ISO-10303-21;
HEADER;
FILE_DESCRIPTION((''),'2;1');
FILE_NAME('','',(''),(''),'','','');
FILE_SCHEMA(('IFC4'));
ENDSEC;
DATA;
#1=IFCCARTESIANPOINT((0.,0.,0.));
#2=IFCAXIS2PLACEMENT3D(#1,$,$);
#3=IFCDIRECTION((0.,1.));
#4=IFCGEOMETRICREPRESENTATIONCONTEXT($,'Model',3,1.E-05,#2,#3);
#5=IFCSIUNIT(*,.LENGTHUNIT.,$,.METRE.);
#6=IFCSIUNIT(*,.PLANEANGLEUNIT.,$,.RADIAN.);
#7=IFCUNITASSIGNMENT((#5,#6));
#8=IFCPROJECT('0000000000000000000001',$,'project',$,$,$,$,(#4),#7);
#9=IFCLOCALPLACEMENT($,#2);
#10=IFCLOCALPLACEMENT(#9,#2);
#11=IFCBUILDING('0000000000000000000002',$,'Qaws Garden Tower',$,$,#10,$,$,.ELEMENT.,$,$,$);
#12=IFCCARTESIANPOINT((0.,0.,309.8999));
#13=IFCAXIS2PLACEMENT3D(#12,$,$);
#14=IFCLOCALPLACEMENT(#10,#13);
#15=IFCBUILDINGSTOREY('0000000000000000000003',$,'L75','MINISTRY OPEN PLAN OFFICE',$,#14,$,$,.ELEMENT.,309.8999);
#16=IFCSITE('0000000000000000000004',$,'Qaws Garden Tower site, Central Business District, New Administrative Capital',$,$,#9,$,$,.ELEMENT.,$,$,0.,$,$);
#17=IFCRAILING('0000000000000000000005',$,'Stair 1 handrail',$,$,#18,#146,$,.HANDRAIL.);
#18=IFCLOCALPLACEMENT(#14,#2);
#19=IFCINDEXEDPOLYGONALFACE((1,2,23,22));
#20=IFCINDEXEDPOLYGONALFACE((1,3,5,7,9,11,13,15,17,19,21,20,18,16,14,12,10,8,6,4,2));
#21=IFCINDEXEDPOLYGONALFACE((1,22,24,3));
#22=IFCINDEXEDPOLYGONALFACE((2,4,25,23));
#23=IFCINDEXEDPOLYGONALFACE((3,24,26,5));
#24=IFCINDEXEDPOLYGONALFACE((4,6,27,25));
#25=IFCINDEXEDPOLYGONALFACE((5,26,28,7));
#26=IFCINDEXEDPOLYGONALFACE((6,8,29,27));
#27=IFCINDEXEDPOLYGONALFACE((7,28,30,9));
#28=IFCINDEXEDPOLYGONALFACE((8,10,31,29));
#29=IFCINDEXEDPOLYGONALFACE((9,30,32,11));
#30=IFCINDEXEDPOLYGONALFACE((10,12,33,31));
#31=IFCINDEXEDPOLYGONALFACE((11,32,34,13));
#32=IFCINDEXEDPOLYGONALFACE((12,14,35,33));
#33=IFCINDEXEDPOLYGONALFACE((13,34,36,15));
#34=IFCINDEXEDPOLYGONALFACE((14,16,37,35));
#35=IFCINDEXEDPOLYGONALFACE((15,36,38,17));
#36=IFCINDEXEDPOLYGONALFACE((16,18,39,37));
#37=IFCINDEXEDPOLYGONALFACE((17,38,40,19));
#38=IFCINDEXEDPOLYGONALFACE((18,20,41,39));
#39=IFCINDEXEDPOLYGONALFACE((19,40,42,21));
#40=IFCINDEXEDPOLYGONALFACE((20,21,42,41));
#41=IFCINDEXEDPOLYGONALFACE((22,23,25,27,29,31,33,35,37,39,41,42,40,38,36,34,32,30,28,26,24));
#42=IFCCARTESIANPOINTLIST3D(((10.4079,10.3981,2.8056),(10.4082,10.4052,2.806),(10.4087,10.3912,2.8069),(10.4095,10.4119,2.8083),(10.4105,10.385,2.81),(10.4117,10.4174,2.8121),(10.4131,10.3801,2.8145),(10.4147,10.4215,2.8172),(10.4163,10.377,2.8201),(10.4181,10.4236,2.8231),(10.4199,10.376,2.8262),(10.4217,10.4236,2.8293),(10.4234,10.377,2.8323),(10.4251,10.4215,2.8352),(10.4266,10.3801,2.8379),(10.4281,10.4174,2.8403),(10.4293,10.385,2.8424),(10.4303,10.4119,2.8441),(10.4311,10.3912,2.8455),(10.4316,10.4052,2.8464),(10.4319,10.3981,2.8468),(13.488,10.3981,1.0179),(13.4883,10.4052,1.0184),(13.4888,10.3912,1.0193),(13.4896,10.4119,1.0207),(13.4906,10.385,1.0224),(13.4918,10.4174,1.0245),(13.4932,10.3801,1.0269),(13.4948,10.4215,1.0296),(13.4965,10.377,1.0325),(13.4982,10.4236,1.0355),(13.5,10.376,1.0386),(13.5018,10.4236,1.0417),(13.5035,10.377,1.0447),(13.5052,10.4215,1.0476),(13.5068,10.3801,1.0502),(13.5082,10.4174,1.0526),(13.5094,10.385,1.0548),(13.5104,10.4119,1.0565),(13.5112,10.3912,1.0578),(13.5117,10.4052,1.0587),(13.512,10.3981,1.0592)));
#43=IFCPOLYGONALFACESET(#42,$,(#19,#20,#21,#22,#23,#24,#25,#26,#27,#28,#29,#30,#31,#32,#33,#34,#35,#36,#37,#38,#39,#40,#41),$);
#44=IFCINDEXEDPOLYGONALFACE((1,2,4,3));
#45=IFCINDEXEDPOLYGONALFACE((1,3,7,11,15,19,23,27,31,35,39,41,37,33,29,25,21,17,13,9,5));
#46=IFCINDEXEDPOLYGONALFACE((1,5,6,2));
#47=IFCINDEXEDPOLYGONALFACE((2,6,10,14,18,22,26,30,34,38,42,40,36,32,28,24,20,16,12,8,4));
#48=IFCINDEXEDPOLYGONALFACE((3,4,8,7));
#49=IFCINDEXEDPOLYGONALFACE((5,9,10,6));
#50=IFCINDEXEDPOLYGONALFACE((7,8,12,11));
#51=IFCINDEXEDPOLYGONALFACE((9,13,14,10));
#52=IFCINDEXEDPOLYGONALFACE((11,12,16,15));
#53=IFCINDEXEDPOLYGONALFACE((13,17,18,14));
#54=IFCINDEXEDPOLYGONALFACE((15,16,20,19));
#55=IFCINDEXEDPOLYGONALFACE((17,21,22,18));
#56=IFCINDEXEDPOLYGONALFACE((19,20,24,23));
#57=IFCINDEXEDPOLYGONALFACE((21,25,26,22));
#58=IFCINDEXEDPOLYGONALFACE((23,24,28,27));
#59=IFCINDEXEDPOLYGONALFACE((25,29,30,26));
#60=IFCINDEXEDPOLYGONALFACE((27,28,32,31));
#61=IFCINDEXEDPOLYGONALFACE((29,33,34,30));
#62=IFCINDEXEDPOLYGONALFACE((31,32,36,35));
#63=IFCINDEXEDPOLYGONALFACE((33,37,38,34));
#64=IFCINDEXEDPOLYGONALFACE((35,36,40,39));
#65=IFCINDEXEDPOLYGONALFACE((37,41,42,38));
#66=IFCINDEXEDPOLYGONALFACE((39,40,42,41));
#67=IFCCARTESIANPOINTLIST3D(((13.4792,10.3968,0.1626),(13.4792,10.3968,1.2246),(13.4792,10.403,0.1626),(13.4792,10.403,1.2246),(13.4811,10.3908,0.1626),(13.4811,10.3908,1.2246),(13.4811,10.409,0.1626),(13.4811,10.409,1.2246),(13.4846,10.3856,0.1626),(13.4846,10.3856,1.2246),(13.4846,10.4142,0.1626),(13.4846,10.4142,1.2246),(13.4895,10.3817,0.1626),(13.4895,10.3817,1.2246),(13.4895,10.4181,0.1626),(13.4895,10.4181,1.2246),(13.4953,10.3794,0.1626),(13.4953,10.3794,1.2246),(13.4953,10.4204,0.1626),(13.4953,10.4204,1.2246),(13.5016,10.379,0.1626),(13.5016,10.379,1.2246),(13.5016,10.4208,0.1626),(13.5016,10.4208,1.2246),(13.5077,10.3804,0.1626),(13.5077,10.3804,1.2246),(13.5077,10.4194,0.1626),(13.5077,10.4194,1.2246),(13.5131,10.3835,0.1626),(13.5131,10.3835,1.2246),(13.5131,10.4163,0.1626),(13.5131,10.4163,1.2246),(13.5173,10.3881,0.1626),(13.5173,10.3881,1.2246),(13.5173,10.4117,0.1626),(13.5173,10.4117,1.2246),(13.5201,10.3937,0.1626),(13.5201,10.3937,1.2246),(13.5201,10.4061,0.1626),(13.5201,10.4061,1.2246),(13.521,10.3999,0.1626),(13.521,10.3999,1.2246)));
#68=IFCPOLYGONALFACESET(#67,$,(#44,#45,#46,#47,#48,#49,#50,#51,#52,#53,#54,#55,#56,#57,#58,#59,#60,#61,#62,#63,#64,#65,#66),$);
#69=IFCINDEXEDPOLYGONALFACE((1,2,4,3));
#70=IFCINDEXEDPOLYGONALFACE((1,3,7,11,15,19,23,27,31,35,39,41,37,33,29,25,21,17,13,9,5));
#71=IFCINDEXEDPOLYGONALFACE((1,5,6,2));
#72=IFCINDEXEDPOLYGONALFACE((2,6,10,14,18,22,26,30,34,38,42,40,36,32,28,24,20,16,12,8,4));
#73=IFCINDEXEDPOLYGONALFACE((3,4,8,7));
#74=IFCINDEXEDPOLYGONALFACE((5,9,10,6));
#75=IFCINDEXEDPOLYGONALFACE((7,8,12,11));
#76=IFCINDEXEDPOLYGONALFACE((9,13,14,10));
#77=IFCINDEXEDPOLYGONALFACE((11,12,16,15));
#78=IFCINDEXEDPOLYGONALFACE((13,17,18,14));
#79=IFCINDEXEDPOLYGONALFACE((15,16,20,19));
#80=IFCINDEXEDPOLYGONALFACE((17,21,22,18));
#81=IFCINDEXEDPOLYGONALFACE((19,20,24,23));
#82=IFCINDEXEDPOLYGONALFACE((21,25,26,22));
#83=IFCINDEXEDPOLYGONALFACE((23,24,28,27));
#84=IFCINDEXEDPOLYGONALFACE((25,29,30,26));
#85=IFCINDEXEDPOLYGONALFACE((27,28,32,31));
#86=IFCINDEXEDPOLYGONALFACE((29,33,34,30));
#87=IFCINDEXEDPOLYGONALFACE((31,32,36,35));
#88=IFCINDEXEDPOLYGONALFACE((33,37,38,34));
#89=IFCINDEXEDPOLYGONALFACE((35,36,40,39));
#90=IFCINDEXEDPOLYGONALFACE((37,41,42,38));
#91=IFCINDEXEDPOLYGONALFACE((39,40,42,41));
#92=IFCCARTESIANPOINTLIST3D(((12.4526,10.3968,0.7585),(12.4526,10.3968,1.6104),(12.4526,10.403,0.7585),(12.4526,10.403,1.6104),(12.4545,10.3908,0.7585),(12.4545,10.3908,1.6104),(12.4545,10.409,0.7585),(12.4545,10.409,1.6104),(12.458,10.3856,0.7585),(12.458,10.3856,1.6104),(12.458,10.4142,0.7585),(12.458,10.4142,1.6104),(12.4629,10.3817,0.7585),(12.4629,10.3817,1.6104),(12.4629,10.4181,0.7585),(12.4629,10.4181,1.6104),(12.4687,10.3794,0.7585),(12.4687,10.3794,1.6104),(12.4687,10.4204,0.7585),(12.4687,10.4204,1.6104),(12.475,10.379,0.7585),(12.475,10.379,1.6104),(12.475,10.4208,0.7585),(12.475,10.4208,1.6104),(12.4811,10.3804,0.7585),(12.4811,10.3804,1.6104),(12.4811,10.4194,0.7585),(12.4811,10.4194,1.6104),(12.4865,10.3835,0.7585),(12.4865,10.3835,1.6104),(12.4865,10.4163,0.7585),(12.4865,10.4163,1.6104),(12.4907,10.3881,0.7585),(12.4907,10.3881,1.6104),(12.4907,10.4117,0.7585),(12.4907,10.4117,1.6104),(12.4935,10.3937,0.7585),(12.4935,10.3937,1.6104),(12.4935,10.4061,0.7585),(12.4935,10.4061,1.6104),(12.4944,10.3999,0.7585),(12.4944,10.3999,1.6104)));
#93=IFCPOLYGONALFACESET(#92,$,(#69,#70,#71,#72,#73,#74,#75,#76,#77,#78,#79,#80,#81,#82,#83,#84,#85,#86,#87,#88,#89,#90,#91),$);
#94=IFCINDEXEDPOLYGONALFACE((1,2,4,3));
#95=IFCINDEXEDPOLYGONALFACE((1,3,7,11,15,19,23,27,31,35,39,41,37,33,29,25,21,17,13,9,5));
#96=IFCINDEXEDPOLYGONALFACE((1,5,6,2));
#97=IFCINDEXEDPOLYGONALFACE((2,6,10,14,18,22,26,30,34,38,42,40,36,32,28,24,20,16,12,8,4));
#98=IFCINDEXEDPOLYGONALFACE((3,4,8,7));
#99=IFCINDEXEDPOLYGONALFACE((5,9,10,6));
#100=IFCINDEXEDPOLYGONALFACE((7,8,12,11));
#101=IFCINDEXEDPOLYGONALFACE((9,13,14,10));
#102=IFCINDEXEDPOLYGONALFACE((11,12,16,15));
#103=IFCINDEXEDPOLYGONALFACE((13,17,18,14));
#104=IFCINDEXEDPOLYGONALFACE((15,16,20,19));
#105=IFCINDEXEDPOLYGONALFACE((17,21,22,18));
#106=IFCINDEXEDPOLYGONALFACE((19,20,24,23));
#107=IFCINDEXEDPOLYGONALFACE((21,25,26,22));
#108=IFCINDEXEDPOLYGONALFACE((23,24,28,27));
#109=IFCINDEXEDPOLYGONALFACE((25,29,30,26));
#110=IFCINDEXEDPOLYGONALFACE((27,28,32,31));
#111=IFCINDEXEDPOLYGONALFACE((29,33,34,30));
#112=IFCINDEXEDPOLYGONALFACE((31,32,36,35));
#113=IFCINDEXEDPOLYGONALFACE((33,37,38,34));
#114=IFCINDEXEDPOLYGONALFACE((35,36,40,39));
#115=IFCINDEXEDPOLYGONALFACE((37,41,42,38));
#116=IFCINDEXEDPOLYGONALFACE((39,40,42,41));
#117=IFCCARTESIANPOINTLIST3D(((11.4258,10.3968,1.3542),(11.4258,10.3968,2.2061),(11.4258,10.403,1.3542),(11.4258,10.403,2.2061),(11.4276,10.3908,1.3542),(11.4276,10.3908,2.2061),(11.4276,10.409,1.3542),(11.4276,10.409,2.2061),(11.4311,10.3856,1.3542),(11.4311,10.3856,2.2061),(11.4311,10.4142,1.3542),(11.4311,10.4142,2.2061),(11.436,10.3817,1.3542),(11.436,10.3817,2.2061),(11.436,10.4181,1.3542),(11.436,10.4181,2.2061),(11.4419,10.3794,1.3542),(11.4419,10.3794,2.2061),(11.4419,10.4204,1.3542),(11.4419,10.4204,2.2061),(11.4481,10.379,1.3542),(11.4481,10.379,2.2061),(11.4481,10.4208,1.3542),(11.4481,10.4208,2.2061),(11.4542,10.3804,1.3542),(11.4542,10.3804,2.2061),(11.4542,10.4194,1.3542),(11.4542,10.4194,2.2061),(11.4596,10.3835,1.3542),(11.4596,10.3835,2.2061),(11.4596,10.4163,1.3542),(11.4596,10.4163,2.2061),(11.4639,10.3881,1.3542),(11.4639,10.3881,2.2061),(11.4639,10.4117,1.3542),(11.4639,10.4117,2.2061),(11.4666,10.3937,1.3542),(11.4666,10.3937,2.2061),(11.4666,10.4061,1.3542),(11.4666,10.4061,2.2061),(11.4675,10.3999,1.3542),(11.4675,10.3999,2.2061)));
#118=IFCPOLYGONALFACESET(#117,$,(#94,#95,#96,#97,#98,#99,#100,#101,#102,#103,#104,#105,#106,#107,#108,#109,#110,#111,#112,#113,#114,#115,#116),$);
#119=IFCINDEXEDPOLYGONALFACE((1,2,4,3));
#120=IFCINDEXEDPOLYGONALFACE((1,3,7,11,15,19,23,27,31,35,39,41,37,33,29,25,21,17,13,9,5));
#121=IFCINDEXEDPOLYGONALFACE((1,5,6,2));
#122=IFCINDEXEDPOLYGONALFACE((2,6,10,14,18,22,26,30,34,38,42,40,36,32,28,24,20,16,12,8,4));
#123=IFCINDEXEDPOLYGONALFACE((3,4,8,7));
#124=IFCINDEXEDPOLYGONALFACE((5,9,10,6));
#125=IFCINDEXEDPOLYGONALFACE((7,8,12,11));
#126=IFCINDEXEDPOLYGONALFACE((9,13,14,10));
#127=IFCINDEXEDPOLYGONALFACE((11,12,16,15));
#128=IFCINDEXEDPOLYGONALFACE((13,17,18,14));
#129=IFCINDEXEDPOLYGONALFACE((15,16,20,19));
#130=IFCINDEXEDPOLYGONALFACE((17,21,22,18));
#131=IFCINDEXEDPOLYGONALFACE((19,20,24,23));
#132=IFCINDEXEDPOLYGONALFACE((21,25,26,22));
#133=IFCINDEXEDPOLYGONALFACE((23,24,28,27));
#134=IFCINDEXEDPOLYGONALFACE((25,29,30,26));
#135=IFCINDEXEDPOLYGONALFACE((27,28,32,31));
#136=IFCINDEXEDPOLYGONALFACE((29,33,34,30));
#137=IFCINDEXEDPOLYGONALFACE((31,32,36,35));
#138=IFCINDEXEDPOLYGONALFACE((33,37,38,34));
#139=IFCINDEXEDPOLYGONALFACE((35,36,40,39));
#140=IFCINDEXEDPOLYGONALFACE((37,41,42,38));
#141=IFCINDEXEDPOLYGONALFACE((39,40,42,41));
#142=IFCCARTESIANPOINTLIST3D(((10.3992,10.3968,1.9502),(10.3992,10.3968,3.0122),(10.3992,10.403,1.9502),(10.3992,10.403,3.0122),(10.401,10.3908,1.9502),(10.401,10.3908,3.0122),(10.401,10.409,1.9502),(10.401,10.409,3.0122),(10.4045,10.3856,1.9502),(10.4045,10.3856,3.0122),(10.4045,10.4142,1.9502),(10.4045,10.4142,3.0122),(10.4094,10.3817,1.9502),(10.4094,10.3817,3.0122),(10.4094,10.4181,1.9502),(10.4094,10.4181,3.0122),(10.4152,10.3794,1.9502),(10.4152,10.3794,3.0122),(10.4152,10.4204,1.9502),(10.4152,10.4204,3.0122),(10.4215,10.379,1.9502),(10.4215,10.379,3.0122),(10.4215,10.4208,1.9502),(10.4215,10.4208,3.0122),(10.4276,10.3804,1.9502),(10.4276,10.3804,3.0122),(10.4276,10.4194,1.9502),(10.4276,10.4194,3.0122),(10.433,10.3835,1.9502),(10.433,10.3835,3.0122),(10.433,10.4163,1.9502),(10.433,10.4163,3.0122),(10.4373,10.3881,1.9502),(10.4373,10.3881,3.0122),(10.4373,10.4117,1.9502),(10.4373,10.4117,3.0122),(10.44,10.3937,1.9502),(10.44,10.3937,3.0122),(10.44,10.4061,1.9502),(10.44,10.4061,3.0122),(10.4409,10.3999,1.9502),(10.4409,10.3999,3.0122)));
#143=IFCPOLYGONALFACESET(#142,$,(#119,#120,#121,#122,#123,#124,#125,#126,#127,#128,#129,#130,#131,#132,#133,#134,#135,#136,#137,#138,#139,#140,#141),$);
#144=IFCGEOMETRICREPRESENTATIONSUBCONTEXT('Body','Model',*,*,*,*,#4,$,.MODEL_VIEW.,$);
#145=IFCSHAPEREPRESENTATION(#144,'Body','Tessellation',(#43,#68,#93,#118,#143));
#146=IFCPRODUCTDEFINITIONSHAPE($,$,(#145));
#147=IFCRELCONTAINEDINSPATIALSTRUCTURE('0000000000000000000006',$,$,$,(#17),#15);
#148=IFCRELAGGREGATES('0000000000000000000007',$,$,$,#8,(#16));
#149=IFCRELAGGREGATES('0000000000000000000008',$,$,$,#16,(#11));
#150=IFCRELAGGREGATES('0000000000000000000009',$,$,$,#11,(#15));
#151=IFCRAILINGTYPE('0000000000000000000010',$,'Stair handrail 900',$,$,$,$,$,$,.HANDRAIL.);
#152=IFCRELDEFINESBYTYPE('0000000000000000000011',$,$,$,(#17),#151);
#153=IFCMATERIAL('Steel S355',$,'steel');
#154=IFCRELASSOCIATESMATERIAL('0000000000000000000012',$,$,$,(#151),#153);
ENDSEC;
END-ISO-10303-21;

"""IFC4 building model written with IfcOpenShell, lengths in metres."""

from ifc_helpers import new_model, si_unit, direction, frame, origin, origin_2d, place, context, subcontext, project, spatial, circle, extrude, material, type_object, element, save


model = new_model("IFC4")

# Units and contexts
model_context = context("Model", 3, precision=1e-05, world=origin(), true_north=direction((0.0, 1.0)))
body_context = subcontext(model_context, "Body", "Model", "MODEL_VIEW")
ifc_project = project(units=[si_unit("LENGTHUNIT", "METRE"), si_unit("PLANEANGLEUNIT", "RADIAN")], contexts=[model_context])

# Site, building, storey
site_placement = place(None, origin())
site = spatial("IfcSite", under=ifc_project, at=site_placement, Name="Qaws Garden Tower site, Central Business District, New Administrative Capital", CompositionType="ELEMENT", RefElevation=0.0)
building_placement = place(site_placement, origin())
building = spatial("IfcBuilding", under=site, at=building_placement, Name="Qaws Garden Tower", CompositionType="ELEMENT")
storey_placement = place(building_placement, frame((0.0, 0.0, 309.8999)))
storey = spatial("IfcBuildingStorey", under=building, at=storey_placement, Name="L75", Description="MINISTRY OPEN PLAN OFFICE", CompositionType="ELEMENT", Elevation=309.8999)

# Railing
ifc_material_1 = material(Name="Steel S355", Category="steel")
railing_type = type_object("IfcRailingType", Name="Stair handrail 900", PredefinedType="HANDRAIL", material=ifc_material_1)
railing_placement = place(storey_placement, frame((13.5, 10.3999, 0.1626)))
element("IfcRailing", 1, at=railing_placement, inside=storey, type_object=railing_type, Name="Stair 1 handrail", PredefinedType="HANDRAIL", context=body_context, shape_type="SweptSolid", body=[
    extrude(circle(Radius=0.0239, at=origin_2d()), frame((0.0, 0.0, 0.876), z_axis=(-0.864891, 0.0, 0.50196), x_axis=(0.0, -1.0, 0.0)), (0.0, 0.0, 1.0), 3.5613),
    extrude(circle(Radius=0.021, at=origin_2d()), origin(), (0.0, 0.0, 1.0), 1.062),
    extrude(circle(Radius=0.021, at=origin_2d()), frame((-1.0266, 0.0, 0.5959)), (0.0, 0.0, 1.0), 0.8518),
    extrude(circle(Radius=0.021, at=origin_2d()), frame((-2.0535, 0.0, 1.1917)), (0.0, 0.0, 1.0), 0.8518),
    extrude(circle(Radius=0.021, at=origin_2d()), frame((-3.0801, 0.0, 1.7876)), (0.0, 0.0, 1.0), 1.062),
])

save(model, "model.ifc")
